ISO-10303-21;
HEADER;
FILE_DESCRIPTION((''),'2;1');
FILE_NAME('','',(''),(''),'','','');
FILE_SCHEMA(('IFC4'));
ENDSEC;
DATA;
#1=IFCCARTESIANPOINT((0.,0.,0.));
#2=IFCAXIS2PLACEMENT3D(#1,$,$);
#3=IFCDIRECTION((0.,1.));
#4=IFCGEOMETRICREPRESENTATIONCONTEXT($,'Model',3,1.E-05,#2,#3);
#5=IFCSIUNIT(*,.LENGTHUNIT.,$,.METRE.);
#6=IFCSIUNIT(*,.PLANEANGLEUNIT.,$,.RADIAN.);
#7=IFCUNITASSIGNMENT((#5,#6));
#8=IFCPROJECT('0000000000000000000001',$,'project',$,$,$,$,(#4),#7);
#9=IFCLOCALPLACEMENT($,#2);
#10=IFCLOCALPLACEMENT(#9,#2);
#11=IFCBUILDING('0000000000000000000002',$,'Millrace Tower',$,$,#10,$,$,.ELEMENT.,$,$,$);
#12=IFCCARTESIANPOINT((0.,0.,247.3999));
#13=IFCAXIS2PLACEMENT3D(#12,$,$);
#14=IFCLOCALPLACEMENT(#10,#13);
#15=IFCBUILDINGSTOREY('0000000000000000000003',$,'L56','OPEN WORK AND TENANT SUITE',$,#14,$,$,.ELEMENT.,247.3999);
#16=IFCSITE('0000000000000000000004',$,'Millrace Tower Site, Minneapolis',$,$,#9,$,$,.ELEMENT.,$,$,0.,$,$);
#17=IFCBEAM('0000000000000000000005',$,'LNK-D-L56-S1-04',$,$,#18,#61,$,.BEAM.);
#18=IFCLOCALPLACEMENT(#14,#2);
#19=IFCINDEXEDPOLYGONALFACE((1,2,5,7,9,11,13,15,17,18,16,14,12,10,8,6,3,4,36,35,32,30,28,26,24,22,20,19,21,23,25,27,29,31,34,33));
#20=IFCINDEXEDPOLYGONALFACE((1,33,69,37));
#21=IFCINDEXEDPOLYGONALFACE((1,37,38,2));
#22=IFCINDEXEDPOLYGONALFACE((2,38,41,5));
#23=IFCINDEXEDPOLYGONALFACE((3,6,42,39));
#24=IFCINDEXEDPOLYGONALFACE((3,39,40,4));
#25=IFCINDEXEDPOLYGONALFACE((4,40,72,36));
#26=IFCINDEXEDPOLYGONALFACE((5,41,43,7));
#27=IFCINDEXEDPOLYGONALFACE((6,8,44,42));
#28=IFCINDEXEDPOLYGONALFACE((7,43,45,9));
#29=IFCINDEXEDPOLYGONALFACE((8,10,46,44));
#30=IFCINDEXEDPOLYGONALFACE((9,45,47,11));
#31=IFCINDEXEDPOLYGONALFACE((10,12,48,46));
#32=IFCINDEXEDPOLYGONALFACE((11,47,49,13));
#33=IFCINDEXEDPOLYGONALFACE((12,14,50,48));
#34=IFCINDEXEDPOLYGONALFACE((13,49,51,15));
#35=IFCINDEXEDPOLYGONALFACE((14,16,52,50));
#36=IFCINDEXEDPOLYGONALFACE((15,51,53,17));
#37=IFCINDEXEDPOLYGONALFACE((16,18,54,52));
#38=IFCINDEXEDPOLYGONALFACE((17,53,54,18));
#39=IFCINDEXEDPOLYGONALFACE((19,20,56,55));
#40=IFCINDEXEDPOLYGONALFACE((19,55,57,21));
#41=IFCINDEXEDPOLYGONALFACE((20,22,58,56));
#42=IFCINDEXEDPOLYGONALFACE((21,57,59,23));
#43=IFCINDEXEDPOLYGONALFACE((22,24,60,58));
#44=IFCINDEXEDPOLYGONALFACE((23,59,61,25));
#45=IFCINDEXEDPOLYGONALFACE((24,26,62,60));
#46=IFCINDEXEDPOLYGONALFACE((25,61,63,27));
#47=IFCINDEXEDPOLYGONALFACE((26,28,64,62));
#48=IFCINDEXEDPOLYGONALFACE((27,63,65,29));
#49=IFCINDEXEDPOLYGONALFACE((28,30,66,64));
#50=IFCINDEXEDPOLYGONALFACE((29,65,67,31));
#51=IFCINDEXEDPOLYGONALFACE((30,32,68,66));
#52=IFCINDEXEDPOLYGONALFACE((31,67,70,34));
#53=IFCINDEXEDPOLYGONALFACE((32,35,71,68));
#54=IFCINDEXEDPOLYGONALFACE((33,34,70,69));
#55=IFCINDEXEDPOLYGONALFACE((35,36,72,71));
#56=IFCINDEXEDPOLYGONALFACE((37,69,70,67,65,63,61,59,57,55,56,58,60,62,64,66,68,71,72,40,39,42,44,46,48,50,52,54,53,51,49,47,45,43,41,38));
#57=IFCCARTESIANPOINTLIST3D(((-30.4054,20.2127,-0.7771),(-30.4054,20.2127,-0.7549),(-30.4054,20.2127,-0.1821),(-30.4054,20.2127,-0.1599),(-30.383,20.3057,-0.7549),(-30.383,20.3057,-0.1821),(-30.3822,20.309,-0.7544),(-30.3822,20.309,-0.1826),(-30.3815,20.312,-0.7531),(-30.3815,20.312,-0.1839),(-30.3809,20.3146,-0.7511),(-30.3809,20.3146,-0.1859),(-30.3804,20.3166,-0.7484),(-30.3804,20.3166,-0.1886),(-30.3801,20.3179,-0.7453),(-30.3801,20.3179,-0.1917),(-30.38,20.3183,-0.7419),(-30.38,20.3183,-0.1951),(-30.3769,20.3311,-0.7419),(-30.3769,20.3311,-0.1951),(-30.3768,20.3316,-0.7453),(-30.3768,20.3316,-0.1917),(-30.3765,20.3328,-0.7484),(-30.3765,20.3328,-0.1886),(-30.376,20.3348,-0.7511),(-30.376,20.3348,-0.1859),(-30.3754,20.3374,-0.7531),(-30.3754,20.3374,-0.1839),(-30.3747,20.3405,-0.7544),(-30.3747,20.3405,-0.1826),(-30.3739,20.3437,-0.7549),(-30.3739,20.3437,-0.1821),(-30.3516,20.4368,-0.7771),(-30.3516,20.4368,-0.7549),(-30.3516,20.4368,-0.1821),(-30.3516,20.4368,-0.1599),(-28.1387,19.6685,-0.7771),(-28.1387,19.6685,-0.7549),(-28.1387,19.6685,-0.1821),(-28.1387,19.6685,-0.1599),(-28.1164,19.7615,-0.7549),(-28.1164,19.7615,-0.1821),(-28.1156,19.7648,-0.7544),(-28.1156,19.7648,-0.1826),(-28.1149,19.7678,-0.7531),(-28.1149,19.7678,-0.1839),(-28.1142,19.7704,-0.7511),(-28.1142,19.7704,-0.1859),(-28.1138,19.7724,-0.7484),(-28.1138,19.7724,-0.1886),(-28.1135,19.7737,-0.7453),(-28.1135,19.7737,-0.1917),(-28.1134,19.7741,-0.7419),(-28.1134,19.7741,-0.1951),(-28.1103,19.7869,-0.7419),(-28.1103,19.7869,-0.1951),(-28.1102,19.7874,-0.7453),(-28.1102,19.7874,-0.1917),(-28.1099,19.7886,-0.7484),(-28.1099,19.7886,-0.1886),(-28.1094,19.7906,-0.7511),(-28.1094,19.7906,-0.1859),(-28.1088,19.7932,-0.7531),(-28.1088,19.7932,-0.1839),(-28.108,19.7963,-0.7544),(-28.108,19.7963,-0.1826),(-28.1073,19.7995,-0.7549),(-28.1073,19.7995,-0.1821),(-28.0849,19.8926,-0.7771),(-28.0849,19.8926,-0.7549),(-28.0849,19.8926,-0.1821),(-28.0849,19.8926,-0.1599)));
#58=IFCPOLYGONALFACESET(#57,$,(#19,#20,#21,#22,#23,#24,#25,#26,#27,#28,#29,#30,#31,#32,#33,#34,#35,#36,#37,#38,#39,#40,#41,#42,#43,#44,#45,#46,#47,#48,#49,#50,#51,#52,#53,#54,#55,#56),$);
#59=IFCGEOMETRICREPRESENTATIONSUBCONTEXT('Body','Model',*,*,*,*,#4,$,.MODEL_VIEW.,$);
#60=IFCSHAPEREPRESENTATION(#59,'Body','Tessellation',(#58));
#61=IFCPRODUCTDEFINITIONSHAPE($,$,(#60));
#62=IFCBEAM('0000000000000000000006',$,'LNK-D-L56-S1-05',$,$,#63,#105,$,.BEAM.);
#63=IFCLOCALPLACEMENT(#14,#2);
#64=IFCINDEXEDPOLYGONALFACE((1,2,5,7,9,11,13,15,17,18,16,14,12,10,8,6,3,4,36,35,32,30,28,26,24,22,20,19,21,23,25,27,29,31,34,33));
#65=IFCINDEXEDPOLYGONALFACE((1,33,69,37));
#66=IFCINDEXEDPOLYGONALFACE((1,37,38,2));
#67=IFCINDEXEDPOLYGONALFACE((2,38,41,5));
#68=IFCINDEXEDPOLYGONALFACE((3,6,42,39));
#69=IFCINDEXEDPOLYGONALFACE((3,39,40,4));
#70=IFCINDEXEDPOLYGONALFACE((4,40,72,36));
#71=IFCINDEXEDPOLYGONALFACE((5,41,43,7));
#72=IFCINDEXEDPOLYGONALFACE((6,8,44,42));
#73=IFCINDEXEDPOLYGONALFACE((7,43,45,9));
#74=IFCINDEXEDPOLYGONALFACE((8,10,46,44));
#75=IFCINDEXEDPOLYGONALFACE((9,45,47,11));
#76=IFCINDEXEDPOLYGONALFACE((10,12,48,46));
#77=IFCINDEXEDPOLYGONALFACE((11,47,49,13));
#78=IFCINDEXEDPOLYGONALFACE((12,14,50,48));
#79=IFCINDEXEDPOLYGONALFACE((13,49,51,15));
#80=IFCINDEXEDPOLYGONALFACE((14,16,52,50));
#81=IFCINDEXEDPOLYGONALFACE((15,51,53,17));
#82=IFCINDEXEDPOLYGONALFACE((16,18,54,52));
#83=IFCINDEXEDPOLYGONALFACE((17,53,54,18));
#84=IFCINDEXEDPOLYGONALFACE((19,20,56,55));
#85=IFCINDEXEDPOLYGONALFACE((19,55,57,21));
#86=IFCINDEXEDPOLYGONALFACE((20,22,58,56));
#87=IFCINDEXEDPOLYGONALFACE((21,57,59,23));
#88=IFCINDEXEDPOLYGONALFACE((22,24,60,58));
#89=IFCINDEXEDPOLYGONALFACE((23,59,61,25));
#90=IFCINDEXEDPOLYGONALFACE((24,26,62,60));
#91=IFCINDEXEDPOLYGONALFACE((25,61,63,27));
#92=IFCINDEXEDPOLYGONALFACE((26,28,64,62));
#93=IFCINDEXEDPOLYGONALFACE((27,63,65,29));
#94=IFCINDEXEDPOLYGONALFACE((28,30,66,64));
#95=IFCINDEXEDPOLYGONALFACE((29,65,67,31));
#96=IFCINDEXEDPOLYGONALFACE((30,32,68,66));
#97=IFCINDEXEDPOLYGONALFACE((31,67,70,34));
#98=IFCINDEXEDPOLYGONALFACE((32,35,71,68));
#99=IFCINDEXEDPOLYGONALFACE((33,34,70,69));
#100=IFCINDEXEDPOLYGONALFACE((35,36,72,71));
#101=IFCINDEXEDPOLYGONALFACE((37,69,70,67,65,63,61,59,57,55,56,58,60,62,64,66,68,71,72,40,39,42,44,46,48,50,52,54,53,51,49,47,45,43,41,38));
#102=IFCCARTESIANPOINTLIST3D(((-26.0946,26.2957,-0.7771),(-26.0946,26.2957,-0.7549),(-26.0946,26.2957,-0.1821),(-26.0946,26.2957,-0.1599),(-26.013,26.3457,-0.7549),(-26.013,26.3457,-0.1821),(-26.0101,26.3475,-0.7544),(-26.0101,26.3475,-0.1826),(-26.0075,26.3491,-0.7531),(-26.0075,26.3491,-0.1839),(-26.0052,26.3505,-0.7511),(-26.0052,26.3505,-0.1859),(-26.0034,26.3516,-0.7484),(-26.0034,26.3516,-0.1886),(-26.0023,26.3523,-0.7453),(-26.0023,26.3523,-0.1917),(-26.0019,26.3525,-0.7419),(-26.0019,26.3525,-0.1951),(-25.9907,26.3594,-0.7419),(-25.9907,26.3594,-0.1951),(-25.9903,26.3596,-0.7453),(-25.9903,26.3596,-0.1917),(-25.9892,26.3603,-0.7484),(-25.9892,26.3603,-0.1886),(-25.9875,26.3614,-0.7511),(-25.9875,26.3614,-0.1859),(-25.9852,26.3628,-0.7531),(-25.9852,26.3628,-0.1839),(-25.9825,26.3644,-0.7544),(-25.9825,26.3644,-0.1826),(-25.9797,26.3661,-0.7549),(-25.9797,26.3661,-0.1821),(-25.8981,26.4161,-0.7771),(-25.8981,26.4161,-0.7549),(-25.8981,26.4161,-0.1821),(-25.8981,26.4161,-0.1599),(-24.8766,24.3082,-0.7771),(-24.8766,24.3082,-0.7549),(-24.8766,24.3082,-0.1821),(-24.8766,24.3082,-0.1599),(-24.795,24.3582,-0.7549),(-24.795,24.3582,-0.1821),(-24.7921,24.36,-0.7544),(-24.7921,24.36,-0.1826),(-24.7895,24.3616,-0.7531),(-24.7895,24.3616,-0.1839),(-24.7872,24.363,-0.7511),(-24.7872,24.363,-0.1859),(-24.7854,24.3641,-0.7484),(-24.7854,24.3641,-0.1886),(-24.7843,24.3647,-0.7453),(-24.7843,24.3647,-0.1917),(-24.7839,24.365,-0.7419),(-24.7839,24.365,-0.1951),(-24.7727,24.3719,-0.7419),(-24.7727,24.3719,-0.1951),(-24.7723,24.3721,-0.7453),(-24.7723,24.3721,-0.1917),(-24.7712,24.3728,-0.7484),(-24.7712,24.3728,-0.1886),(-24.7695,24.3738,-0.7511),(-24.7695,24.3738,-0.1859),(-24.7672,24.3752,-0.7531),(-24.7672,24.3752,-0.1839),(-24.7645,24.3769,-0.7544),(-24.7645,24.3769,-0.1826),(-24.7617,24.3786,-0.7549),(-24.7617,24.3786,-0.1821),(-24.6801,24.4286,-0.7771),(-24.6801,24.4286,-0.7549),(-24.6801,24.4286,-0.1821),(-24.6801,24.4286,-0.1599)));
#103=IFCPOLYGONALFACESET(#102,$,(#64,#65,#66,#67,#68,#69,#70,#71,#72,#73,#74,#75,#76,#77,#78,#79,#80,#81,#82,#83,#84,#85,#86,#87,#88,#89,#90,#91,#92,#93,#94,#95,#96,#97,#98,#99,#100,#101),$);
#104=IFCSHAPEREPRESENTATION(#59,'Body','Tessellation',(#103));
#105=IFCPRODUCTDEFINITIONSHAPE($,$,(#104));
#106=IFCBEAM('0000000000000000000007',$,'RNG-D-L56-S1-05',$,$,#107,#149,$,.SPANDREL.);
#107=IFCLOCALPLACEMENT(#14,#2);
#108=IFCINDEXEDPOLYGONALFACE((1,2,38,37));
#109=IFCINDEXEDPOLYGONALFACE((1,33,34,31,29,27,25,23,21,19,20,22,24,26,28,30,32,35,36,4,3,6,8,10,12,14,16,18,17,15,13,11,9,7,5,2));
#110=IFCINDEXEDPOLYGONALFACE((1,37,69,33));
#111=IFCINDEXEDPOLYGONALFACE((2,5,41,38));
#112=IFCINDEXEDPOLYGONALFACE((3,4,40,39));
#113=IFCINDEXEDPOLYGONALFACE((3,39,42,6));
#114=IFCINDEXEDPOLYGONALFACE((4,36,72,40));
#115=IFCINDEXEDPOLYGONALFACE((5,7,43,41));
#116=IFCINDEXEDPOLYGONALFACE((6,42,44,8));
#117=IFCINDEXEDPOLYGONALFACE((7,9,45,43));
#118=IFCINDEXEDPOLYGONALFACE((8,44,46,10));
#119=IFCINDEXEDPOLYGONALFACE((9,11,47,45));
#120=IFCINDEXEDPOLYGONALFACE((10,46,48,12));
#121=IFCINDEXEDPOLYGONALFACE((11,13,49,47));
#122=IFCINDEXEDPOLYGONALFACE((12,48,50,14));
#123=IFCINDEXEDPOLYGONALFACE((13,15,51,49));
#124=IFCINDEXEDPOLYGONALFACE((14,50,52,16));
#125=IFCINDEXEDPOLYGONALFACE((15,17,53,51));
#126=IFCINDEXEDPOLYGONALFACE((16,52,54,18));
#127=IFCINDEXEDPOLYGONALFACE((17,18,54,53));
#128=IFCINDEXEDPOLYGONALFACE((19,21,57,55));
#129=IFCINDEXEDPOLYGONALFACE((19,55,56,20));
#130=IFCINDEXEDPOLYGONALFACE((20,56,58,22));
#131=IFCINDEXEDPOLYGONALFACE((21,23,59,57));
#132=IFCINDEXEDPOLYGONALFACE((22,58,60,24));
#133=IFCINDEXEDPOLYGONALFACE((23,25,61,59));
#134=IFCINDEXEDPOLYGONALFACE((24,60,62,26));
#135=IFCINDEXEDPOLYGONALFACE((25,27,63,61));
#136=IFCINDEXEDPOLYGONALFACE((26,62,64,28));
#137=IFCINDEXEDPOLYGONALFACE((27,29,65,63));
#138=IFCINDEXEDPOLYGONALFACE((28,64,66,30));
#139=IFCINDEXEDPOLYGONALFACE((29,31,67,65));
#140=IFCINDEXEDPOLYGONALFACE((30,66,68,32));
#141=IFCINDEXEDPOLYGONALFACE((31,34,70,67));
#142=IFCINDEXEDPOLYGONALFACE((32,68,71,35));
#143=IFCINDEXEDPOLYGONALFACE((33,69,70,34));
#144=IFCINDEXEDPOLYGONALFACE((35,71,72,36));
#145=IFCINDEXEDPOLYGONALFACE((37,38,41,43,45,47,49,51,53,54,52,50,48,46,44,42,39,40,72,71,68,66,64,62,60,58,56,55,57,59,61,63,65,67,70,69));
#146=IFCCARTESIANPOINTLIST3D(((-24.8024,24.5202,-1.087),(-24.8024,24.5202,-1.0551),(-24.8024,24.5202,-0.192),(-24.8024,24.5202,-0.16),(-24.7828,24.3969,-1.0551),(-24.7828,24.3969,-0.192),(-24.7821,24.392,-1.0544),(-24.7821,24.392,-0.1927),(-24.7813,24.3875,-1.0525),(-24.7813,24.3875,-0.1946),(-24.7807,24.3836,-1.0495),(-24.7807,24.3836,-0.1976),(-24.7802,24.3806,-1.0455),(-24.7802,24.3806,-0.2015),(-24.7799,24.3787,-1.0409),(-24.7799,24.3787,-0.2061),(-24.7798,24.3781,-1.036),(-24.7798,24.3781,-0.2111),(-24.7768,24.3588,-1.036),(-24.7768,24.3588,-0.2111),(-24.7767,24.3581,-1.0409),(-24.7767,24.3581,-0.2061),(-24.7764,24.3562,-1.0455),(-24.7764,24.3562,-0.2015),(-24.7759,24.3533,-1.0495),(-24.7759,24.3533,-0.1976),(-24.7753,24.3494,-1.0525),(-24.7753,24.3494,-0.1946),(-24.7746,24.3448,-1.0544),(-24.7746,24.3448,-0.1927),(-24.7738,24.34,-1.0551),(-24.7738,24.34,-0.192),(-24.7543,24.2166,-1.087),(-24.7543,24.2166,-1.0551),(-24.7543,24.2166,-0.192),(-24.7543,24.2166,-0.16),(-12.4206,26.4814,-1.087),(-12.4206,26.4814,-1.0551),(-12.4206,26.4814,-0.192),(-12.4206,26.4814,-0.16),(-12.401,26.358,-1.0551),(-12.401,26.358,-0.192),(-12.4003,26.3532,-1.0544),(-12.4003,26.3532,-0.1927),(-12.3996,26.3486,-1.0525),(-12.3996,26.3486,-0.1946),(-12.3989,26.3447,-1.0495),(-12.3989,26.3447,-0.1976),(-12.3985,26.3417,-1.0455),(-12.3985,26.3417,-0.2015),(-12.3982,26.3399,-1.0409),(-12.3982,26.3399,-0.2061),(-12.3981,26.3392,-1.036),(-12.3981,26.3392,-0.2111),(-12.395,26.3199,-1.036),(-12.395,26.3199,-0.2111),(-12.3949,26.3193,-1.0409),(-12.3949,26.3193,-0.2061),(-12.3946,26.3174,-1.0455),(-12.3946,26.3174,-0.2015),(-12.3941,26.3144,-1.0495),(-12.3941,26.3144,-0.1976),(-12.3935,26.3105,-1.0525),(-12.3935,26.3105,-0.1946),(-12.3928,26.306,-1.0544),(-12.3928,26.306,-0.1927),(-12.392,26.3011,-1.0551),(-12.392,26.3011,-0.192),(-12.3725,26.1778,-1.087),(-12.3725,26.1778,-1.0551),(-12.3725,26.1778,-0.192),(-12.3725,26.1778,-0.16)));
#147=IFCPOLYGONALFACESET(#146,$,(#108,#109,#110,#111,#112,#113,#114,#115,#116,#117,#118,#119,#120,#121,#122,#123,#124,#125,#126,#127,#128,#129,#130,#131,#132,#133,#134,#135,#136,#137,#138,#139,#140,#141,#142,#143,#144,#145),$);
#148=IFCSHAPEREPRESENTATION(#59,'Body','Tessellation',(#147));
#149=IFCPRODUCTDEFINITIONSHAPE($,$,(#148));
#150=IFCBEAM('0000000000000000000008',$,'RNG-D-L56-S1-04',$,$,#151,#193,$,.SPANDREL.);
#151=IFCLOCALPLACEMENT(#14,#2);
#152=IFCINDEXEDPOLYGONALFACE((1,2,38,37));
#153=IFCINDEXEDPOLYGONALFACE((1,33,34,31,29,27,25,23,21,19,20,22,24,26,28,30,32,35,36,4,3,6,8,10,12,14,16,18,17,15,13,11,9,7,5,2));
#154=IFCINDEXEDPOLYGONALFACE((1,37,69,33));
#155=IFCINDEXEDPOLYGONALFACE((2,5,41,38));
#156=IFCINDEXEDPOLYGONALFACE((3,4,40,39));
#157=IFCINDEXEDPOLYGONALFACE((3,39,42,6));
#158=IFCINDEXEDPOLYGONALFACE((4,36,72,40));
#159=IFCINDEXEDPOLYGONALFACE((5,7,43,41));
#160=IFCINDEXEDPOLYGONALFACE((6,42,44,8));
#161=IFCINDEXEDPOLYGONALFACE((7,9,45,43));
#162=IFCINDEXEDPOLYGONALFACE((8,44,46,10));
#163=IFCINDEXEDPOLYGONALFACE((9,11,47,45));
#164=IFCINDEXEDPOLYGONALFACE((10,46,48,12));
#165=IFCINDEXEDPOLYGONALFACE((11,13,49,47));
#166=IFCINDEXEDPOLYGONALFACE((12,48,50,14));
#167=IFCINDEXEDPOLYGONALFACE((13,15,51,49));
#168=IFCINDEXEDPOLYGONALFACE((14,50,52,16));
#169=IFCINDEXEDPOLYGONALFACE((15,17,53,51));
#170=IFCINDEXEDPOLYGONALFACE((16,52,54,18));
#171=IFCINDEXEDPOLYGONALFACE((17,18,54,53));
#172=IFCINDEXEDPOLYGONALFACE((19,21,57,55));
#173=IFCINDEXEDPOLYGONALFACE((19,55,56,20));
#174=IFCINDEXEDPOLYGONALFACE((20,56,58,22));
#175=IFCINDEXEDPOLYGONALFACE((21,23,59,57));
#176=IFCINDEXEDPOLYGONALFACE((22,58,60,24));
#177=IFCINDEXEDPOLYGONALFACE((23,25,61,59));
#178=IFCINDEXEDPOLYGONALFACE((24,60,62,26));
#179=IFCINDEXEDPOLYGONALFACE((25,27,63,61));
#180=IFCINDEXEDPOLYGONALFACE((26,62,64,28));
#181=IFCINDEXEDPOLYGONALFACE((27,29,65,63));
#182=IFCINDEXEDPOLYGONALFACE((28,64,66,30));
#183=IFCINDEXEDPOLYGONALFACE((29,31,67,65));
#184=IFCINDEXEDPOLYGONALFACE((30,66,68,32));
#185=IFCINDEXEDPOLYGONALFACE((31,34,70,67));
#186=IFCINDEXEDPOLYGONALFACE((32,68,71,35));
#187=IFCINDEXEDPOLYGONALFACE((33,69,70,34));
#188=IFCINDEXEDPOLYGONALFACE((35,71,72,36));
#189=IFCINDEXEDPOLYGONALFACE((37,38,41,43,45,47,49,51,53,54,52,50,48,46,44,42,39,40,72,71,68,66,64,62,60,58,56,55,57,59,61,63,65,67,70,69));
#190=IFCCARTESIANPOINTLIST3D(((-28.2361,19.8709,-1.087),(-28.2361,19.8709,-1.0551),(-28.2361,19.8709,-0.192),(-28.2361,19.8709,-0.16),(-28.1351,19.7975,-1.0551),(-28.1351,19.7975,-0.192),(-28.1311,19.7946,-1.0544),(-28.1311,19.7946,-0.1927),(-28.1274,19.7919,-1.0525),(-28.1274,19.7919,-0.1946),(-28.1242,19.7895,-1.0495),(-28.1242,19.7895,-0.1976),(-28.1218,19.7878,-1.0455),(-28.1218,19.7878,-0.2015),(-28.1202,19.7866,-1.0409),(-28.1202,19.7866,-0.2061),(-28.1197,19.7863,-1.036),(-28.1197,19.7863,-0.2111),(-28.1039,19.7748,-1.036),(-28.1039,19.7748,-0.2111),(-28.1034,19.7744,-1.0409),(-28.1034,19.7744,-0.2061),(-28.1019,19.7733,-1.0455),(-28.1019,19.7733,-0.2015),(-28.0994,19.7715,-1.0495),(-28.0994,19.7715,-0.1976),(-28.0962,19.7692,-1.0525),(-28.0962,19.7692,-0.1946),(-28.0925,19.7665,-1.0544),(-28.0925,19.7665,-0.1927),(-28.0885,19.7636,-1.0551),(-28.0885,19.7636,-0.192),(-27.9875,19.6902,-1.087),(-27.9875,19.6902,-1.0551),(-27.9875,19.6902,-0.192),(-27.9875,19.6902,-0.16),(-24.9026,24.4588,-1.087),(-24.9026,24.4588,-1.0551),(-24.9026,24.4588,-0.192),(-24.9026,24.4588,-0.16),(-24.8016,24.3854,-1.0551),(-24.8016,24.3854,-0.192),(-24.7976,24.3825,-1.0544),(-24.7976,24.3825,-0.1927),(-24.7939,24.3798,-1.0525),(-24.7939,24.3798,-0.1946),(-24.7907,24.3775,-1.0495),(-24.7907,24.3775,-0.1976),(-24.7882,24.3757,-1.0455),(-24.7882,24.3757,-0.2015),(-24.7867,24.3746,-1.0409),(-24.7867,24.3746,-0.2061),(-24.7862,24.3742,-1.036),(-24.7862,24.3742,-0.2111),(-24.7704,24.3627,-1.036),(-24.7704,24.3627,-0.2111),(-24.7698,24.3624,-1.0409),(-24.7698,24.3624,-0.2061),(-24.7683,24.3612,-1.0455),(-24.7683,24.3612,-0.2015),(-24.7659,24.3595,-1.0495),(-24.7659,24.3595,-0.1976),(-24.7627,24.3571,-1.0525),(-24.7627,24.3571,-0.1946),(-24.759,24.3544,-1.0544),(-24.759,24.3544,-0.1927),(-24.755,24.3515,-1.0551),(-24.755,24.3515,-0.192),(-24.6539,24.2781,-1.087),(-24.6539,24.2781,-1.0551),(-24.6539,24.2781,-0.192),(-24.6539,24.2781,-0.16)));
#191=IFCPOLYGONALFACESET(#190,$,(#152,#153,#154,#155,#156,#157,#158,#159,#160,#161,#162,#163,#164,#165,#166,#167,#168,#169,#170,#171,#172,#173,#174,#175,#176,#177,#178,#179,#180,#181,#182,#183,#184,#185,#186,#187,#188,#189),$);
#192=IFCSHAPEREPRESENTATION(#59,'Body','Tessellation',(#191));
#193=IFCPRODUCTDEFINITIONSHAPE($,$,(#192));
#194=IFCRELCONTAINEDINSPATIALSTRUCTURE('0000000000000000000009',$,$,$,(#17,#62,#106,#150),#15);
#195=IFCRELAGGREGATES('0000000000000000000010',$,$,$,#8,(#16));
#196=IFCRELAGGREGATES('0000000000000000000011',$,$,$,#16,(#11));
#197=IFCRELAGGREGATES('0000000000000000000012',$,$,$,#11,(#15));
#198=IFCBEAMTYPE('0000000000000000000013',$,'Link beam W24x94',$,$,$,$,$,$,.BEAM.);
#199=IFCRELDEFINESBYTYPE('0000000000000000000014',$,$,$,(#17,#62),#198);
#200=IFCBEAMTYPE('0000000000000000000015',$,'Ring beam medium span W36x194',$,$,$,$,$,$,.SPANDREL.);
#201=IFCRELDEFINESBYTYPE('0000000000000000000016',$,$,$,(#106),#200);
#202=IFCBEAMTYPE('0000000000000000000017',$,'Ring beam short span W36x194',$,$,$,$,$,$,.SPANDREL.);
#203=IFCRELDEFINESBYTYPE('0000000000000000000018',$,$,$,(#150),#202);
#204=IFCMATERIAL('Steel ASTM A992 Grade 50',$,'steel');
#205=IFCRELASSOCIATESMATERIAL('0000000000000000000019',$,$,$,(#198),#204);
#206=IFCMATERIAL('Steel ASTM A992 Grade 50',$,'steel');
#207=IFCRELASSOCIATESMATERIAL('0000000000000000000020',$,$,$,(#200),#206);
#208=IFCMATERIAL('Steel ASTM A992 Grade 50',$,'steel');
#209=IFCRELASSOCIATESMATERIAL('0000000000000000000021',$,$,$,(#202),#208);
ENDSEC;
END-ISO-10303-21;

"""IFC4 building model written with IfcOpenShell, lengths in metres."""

from ifc_helpers import new_model, si_unit, direction, frame, origin, origin_2d, place, context, subcontext, project, spatial, i_section, extrude, material, material_profile, profile_set, type_object, element, save


model = new_model("IFC4")

# Units and contexts
model_context = context("Model", 3, precision=1e-05, world=origin(), true_north=direction((0.0, 1.0)))
body_context = subcontext(model_context, "Body", "Model", "MODEL_VIEW")
ifc_project = project(units=[si_unit("LENGTHUNIT", "METRE"), si_unit("PLANEANGLEUNIT", "RADIAN")], contexts=[model_context])

# Site, building, storey
site_placement = place(None, origin())
site = spatial("IfcSite", under=ifc_project, at=site_placement, Name="Millrace Tower Site, Minneapolis", CompositionType="ELEMENT", RefElevation=0.0)
building_placement = place(site_placement, origin())
building = spatial("IfcBuilding", under=site, at=building_placement, Name="Millrace Tower", CompositionType="ELEMENT")
storey_placement = place(building_placement, frame((0.0, 0.0, 247.3999)))
storey = spatial("IfcBuildingStorey", under=building, at=storey_placement, Name="L56", Description="OPEN WORK AND TENANT SUITE", CompositionType="ELEMENT", Elevation=247.3999)

# Beams
ifc_material_1 = material(Name="Steel ASTM A992 Grade 50", Category="steel")
ifc_material_profile_1 = material_profile(ifc_material_1, i_section(OverallWidth=0.2305, OverallDepth=0.6172, WebThickness=0.0132, FlangeThickness=0.0222, FilletRadius=0.0129, at=origin_2d()))
ifc_profile_set_1 = profile_set([ifc_material_profile_1], Name="Steel ASTM A992 Grade 50")
beam_type_1 = type_object("IfcBeamType", Name="Link beam W24x94", PredefinedType="BEAM", material=ifc_profile_set_1)
for number, where, z_axis, x_axis, name in (
    (1, (-28.1118, 19.7805, -0.4685), (-0.972367, 0.233456, 0.0), (-0.233456, -0.972367, 0.0), "LNK-D-L56-S1-04"),
    (2, (-24.7783, 24.3684, -0.4685), (-0.522513, 0.852631, 0.0), (-0.852631, -0.522513, 0.0), "LNK-D-L56-S1-05"),
):
    element("IfcBeam", number, at=place(storey_placement, frame(where, z_axis=z_axis, x_axis=x_axis)), inside=storey, type_object=beam_type_1, Name=name, PredefinedType="BEAM", context=body_context, shape_type="SweptSolid", body=[
        extrude(i_section(OverallWidth=0.2305, OverallDepth=0.6172, WebThickness=0.0132, FlangeThickness=0.0222, FilletRadius=0.0129, at=origin_2d()), origin(), (0.0, 0.0, 1.0), 2.3311),
    ])
ifc_material_2 = material(Name="Steel ASTM A992 Grade 50", Category="steel")
ifc_material_profile_2 = material_profile(ifc_material_2, i_section(OverallWidth=0.3074, OverallDepth=0.927, WebThickness=0.0195, FlangeThickness=0.032, FilletRadius=0.019, at=origin_2d()))
ifc_profile_set_2 = profile_set([ifc_material_profile_2], Name="Steel ASTM A992 Grade 50")
beam_type_2 = type_object("IfcBeamType", Name="Ring beam medium span W36x194", PredefinedType="SPANDREL", material=ifc_profile_set_2)
beam_1_placement = place(storey_placement, frame((-24.7783, 24.3684, -0.6235), z_axis=(0.987687, 0.156442, 0.0), x_axis=(-0.156442, 0.987687, 0.0)))
element("IfcBeam", 3, at=beam_1_placement, inside=storey, type_object=beam_type_2, Name="RNG-D-L56-S1-05", PredefinedType="SPANDREL", context=body_context, shape_type="SweptSolid", body=[
    extrude(i_section(OverallWidth=0.3074, OverallDepth=0.927, WebThickness=0.0195, FlangeThickness=0.032, FilletRadius=0.019, at=origin_2d()), origin(), (0.0, 0.0, 1.0), 12.5361),
])
ifc_material_3 = material(Name="Steel ASTM A992 Grade 50", Category="steel")
ifc_material_profile_3 = material_profile(ifc_material_3, i_section(OverallWidth=0.3074, OverallDepth=0.927, WebThickness=0.0195, FlangeThickness=0.032, FilletRadius=0.019, at=origin_2d()))
ifc_profile_set_3 = profile_set([ifc_material_profile_3], Name="Steel ASTM A992 Grade 50")
beam_type_3 = type_object("IfcBeamType", Name="Ring beam short span W36x194", PredefinedType="SPANDREL", material=ifc_profile_set_3)
beam_2_placement = place(storey_placement, frame((-28.1118, 19.7805, -0.6235), z_axis=(0.587808, 0.809, 0.0), x_axis=(-0.809, 0.587808, 0.0)))
element("IfcBeam", 4, at=beam_2_placement, inside=storey, type_object=beam_type_3, Name="RNG-D-L56-S1-04", PredefinedType="SPANDREL", context=body_context, shape_type="SweptSolid", body=[
    extrude(i_section(OverallWidth=0.3074, OverallDepth=0.927, WebThickness=0.0195, FlangeThickness=0.032, FilletRadius=0.019, at=origin_2d()), origin(), (0.0, 0.0, 1.0), 5.6711),
])

save(model, "model.ifc")
